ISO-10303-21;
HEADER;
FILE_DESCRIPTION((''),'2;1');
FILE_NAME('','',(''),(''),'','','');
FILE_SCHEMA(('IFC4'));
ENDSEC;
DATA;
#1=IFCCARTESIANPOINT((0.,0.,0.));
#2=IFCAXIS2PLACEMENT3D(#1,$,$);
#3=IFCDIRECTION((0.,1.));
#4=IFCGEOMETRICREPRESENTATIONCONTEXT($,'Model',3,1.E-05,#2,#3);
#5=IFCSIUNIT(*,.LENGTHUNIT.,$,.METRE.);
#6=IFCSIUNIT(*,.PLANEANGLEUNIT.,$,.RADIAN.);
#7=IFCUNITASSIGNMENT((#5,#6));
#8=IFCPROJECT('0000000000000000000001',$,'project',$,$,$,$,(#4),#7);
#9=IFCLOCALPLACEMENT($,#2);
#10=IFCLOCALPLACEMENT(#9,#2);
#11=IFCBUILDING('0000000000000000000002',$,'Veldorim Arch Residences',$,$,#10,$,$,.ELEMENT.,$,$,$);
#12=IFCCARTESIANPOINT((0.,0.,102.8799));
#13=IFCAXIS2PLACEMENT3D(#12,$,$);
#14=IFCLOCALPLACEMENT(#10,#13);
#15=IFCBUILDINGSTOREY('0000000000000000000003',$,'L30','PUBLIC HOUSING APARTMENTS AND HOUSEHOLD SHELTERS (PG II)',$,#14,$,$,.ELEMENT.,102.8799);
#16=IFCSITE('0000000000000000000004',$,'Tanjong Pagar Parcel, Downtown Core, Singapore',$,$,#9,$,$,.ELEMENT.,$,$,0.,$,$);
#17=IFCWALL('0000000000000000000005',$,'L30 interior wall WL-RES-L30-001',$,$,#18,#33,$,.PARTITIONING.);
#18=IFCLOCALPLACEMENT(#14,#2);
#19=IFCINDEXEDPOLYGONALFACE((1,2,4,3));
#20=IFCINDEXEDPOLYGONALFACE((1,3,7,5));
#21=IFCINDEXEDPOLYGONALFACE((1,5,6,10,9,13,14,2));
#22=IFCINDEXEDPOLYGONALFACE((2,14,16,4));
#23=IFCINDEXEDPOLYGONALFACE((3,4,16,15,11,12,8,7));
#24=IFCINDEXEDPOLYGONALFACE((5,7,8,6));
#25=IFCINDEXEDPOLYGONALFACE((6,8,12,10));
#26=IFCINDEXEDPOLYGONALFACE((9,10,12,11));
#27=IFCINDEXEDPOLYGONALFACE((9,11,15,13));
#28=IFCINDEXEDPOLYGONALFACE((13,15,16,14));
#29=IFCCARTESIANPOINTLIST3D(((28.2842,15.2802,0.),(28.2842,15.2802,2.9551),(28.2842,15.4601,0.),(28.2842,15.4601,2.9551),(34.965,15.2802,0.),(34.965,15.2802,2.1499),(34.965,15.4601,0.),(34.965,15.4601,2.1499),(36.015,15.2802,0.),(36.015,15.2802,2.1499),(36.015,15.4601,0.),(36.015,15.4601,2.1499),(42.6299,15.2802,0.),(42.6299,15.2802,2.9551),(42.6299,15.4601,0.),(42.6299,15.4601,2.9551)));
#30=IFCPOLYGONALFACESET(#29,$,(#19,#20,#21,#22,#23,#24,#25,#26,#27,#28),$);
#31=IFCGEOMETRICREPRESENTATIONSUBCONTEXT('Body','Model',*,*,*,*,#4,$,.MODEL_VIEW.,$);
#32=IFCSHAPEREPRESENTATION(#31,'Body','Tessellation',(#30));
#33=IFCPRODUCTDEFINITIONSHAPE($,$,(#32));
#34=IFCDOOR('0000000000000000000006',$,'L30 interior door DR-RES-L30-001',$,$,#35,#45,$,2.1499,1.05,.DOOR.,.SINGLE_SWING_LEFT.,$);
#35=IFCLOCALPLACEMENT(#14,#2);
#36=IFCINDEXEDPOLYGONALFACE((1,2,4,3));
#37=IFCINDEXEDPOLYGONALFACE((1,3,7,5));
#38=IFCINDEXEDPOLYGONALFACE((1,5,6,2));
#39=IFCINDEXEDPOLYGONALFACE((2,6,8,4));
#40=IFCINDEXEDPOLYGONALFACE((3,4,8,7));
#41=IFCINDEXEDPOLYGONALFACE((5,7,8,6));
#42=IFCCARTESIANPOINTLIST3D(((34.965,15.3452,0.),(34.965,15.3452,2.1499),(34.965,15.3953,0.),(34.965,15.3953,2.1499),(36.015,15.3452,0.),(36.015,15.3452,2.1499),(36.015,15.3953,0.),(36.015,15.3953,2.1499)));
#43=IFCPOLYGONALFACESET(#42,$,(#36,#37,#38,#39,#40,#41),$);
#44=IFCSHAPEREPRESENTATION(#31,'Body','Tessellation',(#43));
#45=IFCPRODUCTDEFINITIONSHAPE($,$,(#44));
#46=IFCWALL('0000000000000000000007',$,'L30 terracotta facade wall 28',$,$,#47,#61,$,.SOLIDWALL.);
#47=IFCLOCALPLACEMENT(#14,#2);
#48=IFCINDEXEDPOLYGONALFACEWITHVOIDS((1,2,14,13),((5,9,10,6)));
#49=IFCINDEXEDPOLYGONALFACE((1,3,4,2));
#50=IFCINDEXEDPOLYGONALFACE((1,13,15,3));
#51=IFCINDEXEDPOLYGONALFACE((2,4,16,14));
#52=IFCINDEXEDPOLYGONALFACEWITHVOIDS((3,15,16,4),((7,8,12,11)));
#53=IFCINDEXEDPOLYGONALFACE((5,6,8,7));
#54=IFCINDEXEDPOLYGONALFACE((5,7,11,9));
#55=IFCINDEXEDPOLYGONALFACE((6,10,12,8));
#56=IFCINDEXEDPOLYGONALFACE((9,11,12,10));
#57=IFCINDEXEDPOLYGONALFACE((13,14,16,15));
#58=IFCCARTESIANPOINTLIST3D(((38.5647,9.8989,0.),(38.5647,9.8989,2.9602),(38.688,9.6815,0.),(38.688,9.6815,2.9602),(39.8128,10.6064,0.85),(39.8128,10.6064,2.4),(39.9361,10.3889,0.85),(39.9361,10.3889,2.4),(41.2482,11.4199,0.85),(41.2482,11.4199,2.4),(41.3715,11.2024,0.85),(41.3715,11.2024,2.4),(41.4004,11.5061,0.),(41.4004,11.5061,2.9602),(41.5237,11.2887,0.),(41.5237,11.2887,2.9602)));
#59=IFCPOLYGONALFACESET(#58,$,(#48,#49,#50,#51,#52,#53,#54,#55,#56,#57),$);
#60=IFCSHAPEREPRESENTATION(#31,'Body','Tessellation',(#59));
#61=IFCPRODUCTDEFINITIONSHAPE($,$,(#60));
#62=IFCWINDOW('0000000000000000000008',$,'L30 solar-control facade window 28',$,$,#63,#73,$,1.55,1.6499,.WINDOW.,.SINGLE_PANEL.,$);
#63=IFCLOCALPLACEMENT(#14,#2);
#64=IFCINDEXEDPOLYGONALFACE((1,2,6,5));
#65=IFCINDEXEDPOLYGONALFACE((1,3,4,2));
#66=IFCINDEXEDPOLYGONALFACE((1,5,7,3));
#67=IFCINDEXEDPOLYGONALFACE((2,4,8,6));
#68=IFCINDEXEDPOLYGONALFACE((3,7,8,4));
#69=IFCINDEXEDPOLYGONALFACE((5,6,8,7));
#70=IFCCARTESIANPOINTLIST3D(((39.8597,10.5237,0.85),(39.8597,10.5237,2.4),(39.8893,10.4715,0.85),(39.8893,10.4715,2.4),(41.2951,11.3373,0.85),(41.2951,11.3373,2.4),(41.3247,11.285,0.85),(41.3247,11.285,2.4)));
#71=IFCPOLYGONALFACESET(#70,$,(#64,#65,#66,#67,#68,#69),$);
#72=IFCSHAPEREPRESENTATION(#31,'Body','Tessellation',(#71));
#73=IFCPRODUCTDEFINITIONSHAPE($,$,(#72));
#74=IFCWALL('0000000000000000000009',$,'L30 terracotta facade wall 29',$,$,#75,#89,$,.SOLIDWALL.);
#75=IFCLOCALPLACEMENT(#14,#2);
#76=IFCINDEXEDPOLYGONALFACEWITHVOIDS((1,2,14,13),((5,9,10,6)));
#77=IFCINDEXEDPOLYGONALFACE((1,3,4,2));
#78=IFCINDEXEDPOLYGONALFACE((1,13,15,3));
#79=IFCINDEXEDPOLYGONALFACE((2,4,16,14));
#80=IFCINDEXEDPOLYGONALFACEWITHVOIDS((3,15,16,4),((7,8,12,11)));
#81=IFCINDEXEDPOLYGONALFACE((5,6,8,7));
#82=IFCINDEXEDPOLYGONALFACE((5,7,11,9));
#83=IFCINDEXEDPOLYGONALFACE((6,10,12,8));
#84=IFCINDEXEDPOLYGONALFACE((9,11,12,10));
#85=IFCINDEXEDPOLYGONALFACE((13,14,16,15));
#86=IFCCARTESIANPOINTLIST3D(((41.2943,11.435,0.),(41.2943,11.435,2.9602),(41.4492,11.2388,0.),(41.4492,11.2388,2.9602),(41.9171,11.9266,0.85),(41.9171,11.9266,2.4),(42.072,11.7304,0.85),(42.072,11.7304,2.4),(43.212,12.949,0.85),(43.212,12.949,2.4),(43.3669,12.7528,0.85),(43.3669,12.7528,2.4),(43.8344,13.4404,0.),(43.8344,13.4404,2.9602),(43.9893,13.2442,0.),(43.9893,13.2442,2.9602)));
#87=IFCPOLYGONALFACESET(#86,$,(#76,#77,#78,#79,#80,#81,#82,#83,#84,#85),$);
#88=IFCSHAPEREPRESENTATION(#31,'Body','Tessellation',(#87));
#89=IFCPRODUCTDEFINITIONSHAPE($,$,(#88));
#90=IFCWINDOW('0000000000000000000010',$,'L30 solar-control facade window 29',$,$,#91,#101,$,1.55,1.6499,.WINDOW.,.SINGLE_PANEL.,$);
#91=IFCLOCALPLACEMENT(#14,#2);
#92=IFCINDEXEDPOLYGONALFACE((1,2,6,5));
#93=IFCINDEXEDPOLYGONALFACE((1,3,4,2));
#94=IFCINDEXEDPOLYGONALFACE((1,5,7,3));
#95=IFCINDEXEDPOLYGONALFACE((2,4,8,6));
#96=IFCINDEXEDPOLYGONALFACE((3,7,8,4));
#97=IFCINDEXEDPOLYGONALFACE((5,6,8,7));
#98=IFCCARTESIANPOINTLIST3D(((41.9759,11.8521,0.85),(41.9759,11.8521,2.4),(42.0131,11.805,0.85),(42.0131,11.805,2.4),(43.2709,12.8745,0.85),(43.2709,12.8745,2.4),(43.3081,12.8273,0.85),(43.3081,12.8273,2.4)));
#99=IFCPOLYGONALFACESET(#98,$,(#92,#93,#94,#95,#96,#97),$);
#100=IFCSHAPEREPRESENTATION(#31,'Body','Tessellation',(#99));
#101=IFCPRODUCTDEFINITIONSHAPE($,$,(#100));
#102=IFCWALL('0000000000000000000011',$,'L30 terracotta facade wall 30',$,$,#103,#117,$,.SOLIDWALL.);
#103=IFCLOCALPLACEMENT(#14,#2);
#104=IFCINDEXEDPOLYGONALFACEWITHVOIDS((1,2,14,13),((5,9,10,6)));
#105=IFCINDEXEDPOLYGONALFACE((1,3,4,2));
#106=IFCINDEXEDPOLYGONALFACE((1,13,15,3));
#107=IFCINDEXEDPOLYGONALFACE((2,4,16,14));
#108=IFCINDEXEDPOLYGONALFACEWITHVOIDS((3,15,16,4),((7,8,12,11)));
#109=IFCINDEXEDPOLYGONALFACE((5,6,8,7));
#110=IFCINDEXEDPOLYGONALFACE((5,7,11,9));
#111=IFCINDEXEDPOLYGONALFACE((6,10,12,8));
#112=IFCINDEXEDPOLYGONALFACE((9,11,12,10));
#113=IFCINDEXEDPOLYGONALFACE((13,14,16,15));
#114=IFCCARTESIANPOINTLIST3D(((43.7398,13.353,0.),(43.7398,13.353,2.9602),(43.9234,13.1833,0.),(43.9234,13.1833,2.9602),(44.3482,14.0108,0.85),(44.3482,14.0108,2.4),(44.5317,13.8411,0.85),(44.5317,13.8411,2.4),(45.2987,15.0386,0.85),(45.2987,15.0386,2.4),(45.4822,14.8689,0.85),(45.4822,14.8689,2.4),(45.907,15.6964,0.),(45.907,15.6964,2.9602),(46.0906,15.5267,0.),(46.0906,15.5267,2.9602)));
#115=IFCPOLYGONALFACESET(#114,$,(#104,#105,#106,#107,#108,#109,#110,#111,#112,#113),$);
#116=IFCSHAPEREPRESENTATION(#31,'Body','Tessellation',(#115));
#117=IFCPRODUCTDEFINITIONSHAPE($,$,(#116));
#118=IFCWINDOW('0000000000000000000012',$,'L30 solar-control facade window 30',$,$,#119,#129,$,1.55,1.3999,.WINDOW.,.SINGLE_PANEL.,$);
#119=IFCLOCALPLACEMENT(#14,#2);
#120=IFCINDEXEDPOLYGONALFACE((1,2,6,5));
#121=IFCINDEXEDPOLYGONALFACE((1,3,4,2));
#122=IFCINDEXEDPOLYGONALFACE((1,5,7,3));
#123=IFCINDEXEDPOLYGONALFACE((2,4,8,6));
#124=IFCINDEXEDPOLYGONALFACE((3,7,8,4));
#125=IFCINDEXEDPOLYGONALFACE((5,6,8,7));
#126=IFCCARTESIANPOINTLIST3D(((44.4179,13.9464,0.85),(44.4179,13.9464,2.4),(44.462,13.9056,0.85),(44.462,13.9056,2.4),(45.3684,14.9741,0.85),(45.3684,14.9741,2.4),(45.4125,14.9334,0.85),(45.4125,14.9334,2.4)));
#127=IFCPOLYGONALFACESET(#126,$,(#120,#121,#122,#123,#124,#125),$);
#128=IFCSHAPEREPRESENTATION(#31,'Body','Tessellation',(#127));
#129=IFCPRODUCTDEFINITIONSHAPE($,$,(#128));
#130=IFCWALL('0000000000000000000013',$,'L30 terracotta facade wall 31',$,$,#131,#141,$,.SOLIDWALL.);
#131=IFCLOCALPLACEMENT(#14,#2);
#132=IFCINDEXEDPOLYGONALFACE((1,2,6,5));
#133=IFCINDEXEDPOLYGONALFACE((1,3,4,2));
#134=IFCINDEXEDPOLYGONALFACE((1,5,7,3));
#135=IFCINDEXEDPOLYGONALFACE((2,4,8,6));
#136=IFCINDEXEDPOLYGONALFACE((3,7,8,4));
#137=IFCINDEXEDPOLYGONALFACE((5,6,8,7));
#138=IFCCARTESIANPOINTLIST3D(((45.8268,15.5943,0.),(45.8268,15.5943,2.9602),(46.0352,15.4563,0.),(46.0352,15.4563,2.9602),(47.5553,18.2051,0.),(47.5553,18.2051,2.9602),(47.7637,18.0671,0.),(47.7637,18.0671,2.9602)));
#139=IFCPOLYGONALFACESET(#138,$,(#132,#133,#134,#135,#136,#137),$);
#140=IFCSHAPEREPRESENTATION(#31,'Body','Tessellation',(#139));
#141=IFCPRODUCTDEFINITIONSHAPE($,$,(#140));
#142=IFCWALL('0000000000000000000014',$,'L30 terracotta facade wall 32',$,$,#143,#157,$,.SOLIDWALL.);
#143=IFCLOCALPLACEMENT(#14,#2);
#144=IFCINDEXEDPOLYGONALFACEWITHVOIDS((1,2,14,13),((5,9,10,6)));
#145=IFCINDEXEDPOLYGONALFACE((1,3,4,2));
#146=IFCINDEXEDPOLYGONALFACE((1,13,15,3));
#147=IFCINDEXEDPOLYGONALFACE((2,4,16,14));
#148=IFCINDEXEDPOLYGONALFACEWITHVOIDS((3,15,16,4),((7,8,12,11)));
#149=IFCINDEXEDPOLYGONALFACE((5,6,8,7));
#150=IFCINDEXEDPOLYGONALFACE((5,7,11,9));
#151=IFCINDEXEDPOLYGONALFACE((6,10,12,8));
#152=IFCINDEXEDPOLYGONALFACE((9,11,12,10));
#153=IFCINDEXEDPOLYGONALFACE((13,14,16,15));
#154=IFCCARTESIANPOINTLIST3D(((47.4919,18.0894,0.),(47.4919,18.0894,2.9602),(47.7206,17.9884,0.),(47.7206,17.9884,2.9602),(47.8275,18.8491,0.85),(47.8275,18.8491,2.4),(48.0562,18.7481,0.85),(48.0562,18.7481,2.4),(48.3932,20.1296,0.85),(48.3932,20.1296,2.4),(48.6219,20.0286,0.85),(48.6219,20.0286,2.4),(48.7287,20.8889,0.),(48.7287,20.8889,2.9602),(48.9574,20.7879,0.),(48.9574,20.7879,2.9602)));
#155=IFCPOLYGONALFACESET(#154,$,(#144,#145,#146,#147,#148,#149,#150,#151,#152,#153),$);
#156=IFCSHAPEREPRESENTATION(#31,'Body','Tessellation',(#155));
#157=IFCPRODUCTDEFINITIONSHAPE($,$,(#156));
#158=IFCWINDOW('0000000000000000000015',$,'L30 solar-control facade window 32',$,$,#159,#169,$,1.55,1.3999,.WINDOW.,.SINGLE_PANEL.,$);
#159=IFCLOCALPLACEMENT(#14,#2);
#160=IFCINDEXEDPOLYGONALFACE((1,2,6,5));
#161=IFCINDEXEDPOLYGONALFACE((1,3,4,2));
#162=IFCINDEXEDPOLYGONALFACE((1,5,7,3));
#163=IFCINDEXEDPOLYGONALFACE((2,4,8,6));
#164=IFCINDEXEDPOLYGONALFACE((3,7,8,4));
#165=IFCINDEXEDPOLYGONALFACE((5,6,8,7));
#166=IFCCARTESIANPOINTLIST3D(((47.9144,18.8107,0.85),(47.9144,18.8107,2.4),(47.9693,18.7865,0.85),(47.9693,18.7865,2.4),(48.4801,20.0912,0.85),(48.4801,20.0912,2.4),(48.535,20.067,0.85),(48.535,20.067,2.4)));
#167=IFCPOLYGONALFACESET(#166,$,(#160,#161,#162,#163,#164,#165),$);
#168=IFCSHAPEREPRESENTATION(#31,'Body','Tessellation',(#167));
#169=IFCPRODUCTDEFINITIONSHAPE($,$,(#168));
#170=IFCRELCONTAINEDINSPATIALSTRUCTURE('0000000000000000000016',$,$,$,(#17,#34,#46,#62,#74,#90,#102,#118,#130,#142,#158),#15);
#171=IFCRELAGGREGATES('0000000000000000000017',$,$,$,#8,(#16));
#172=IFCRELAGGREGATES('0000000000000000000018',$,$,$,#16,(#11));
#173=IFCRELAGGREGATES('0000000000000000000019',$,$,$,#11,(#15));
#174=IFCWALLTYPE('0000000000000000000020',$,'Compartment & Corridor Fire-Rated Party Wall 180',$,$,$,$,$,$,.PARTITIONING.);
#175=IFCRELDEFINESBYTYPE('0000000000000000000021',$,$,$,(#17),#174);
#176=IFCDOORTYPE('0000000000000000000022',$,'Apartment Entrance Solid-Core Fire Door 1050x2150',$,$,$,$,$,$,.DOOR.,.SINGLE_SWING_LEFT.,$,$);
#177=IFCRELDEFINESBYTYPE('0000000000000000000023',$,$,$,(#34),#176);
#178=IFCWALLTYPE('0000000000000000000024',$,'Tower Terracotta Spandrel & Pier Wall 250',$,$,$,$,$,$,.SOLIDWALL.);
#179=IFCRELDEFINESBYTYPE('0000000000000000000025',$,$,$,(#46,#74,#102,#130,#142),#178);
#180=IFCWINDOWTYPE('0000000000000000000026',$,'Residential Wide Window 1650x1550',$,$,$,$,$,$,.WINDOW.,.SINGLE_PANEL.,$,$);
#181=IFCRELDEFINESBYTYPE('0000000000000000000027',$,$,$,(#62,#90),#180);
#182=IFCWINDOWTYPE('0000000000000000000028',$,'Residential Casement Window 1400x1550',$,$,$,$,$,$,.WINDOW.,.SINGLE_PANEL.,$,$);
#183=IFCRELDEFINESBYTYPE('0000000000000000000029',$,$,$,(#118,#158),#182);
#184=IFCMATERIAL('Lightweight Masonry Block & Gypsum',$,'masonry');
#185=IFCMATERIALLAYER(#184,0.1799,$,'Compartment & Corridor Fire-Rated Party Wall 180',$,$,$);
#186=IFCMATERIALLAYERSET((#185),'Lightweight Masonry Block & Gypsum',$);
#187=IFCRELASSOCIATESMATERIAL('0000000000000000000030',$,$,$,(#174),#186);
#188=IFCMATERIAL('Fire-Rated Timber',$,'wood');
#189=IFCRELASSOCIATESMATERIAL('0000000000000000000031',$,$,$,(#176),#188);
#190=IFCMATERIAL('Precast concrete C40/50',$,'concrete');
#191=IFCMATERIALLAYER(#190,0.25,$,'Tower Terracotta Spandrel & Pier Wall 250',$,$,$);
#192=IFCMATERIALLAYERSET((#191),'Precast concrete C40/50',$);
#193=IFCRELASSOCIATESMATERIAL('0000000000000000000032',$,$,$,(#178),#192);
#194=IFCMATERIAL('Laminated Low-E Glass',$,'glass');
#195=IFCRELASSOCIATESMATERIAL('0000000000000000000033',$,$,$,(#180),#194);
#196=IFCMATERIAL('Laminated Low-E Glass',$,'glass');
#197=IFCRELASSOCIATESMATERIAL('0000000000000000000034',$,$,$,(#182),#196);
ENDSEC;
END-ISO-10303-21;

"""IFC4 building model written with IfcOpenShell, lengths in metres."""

from ifc_helpers import new_model, si_unit, direction, frame, frame_2d, origin, place, context, subcontext, project, spatial, rectangle, extrude, material, layer, layer_set, type_object, element, fill, save


model = new_model("IFC4")

# Units and contexts
model_context = context("Model", 3, precision=1e-05, world=origin(), true_north=direction((0.0, 1.0)))
body_context = subcontext(model_context, "Body", "Model", "MODEL_VIEW")
ifc_project = project(units=[si_unit("LENGTHUNIT", "METRE"), si_unit("PLANEANGLEUNIT", "RADIAN")], contexts=[model_context])

# Site, building, storey
site_placement = place(None, origin())
site = spatial("IfcSite", under=ifc_project, at=site_placement, Name="Tanjong Pagar Parcel, Downtown Core, Singapore", CompositionType="ELEMENT", RefElevation=0.0)
building_placement = place(site_placement, origin())
building = spatial("IfcBuilding", under=site, at=building_placement, Name="Veldorim Arch Residences", CompositionType="ELEMENT")
storey_placement = place(building_placement, frame((0.0, 0.0, 102.8799)))
storey = spatial("IfcBuildingStorey", under=building, at=storey_placement, Name="L30", Description="PUBLIC HOUSING APARTMENTS AND HOUSEHOLD SHELTERS (PG II)", CompositionType="ELEMENT", Elevation=102.8799)

# Shared definitions
ifc_material_1 = material(Name="Lightweight Masonry Block & Gypsum", Category="masonry")
ifc_layer_1 = layer(ifc_material_1, 0.1799, Name="Compartment & Corridor Fire-Rated Party Wall 180")
ifc_layer_set_1 = layer_set([ifc_layer_1], Name="Lightweight Masonry Block & Gypsum")
wall_type_1 = type_object("IfcWallType", Name="Compartment & Corridor Fire-Rated Party Wall 180", PredefinedType="PARTITIONING", material=ifc_layer_set_1)

# Wall, opening, door
wall_1_placement = place(storey_placement, frame((42.6299, 15.3701, 0.0), z_axis=(0.0, 0.0, 1.0), x_axis=(-1.0, 0.0, 0.0)))
wall_1 = element("IfcWall", 1, at=wall_1_placement, inside=storey, type_object=wall_type_1, Name="L30 interior wall WL-RES-L30-001", PredefinedType="PARTITIONING", context=body_context, shape_type="SweptSolid", body=[
    extrude(rectangle(XDim=14.3457, YDim=0.1799, at=frame_2d((7.1729, 0.0))), origin(), (0.0, 0.0, 1.0), 2.9551),
])
opening_1_placement = place(wall_1_placement, frame((6.615, 0.0, 0.0)))
opening_1 = element("IfcOpeningElement", 2, at=opening_1_placement, cuts=wall_1, PredefinedType="OPENING", context=body_context, shape_type="SweptSolid", body=[
    extrude(rectangle(XDim=1.05, YDim=2.1499, at=frame_2d((0.5249, 1.075))), frame((0.0, 0.0999, 0.0), z_axis=(0.0, -1.0, 0.0), x_axis=(1.0, 0.0, 0.0)), (0.0, 0.0, 1.0), 0.2),
])
ifc_material_2 = material(Name="Fire-Rated Timber", Category="wood")
door_type_1 = type_object("IfcDoorType", Name="Apartment Entrance Solid-Core Fire Door 1050x2150", OperationType="SINGLE_SWING_LEFT", PredefinedType="DOOR", material=ifc_material_2)
door_1_placement = place(opening_1_placement, origin())
door_1 = element("IfcDoor", 3, at=door_1_placement, inside=storey, type_object=door_type_1, Name="L30 interior door DR-RES-L30-001", OperationType="SINGLE_SWING_LEFT", OverallHeight=2.1499, OverallWidth=1.05, PredefinedType="DOOR", context=body_context, shape_type="SweptSolid", body=[
    extrude(rectangle(XDim=1.05, YDim=2.1499, at=frame_2d((0.5249, 1.075))), frame((0.0, 0.0249, 0.0), z_axis=(0.0, -1.0, 0.0), x_axis=(1.0, 0.0, 0.0)), (0.0, 0.0, 1.0), 0.05),
])
fill(opening_1, door_1)

# Walls, openings, windows
ifc_material_3 = material(Name="Precast concrete C40/50", Category="concrete")
ifc_layer_2 = layer(ifc_material_3, 0.25, Name="Tower Terracotta Spandrel & Pier Wall 250")
ifc_layer_set_2 = layer_set([ifc_layer_2], Name="Precast concrete C40/50")
wall_type_2 = type_object("IfcWallType", Name="Tower Terracotta Spandrel & Pier Wall 250", PredefinedType="SOLIDWALL", material=ifc_layer_set_2)
wall_2_placement = place(storey_placement, frame((41.4622, 11.3975, 0.0), z_axis=(0.0, 0.0, 1.0), x_axis=(-0.869985, -0.493079, 0.0)))
wall_2 = element("IfcWall", 4, at=wall_2_placement, inside=storey, type_object=wall_type_2, Name="L30 terracotta facade wall 28", PredefinedType="SOLIDWALL", context=body_context, shape_type="SweptSolid", body=[
    extrude(rectangle(XDim=3.2595, YDim=0.25, at=frame_2d((1.6299, 0.0))), origin(), (0.0, 0.0, 1.0), 2.9602),
])
opening_2_placement = place(wall_2_placement, frame((0.175, 0.0, 0.8501)))
opening_2 = element("IfcOpeningElement", 5, at=opening_2_placement, cuts=wall_2, PredefinedType="OPENING", context=body_context, shape_type="SweptSolid", body=[
    extrude(rectangle(XDim=1.6499, YDim=1.55, at=frame_2d((0.825, 0.7749))), frame((0.0, 0.135, 0.0), z_axis=(0.0, -1.0, 0.0), x_axis=(1.0, 0.0, 0.0)), (0.0, 0.0, 1.0), 0.27),
])
ifc_material_4 = material(Name="Laminated Low-E Glass", Category="glass")
window_type_1 = type_object("IfcWindowType", Name="Residential Wide Window 1650x1550", PartitioningType="SINGLE_PANEL", PredefinedType="WINDOW", material=ifc_material_4)
window_1_placement = place(opening_2_placement, origin())
window_1 = element("IfcWindow", 6, at=window_1_placement, inside=storey, type_object=window_type_1, Name="L30 solar-control facade window 28", OverallHeight=1.55, OverallWidth=1.6499, PartitioningType="SINGLE_PANEL", PredefinedType="WINDOW", context=body_context, shape_type="SweptSolid", body=[
    extrude(rectangle(XDim=1.6499, YDim=1.55, at=frame_2d((0.825, 0.7749))), frame((0.0, 0.03, 0.0), z_axis=(0.0, -1.0, 0.0), x_axis=(1.0, 0.0, 0.0)), (0.0, 0.0, 1.0), 0.0601),
])
fill(opening_2, window_1)
wall_3_placement = place(storey_placement, frame((43.9119, 13.3423, 0.0), z_axis=(0.0, 0.0, 1.0), x_axis=(-0.784871, -0.619659, 0.0)))
wall_3 = element("IfcWall", 7, at=wall_3_placement, inside=storey, type_object=wall_type_2, Name="L30 terracotta facade wall 29", PredefinedType="SOLIDWALL", context=body_context, shape_type="SweptSolid", body=[
    extrude(rectangle(XDim=3.2363, YDim=0.25, at=frame_2d((1.6182, 0.0))), origin(), (0.0, 0.0, 1.0), 2.9602),
])
opening_3_placement = place(wall_3_placement, frame((0.793, 0.0, 0.8501)))
opening_3 = element("IfcOpeningElement", 8, at=opening_3_placement, cuts=wall_3, PredefinedType="OPENING", context=body_context, shape_type="SweptSolid", body=[
    extrude(rectangle(XDim=1.6499, YDim=1.55, at=frame_2d((0.825, 0.7749))), frame((0.0, 0.135, 0.0), z_axis=(0.0, -1.0, 0.0), x_axis=(1.0, 0.0, 0.0)), (0.0, 0.0, 1.0), 0.27),
])
window_2_placement = place(opening_3_placement, origin())
window_2 = element("IfcWindow", 9, at=window_2_placement, inside=storey, type_object=window_type_1, Name="L30 solar-control facade window 29", OverallHeight=1.55, OverallWidth=1.6499, PartitioningType="SINGLE_PANEL", PredefinedType="WINDOW", context=body_context, shape_type="SweptSolid", body=[
    extrude(rectangle(XDim=1.6499, YDim=1.55, at=frame_2d((0.825, 0.7749))), frame((0.0, 0.03, 0.0), z_axis=(0.0, -1.0, 0.0), x_axis=(1.0, 0.0, 0.0)), (0.0, 0.0, 1.0), 0.0601),
])
fill(opening_3, window_2)
wall_4_placement = place(storey_placement, frame((45.9988, 15.6116, 0.0), z_axis=(0.0, 0.0, 1.0), x_axis=(-0.678956, -0.734179, 0.0)))
wall_4 = element("IfcWall", 10, at=wall_4_placement, inside=storey, type_object=wall_type_2, Name="L30 terracotta facade wall 30", PredefinedType="SOLIDWALL", context=body_context, shape_type="SweptSolid", body=[
    extrude(rectangle(XDim=3.1919, YDim=0.25, at=frame_2d((1.5959, 0.0))), origin(), (0.0, 0.0, 1.0), 2.9602),
])
opening_4_placement = place(wall_4_placement, frame((0.896, 0.0, 0.8501)))
opening_4 = element("IfcOpeningElement", 11, at=opening_4_placement, cuts=wall_4, PredefinedType="OPENING", context=body_context, shape_type="SweptSolid", body=[
    extrude(rectangle(XDim=1.3999, YDim=1.55, at=frame_2d((0.7, 0.7749))), frame((0.0, 0.135, 0.0), z_axis=(0.0, -1.0, 0.0), x_axis=(1.0, 0.0, 0.0)), (0.0, 0.0, 1.0), 0.27),
])
ifc_material_5 = material(Name="Laminated Low-E Glass", Category="glass")
window_type_2 = type_object("IfcWindowType", Name="Residential Casement Window 1400x1550", PartitioningType="SINGLE_PANEL", PredefinedType="WINDOW", material=ifc_material_5)
window_3_placement = place(opening_4_placement, origin())
window_3 = element("IfcWindow", 12, at=window_3_placement, inside=storey, type_object=window_type_2, Name="L30 solar-control facade window 30", OverallHeight=1.55, OverallWidth=1.3999, PartitioningType="SINGLE_PANEL", PredefinedType="WINDOW", context=body_context, shape_type="SweptSolid", body=[
    extrude(rectangle(XDim=1.3999, YDim=1.55, at=frame_2d((0.7, 0.7749))), frame((0.0, 0.03, 0.0), z_axis=(0.0, -1.0, 0.0), x_axis=(1.0, 0.0, 0.0)), (0.0, 0.0, 1.0), 0.0601),
])
fill(opening_4, window_3)

# Wall
wall_5_placement = place(storey_placement, frame((47.6594, 18.136, 0.0), z_axis=(0.0, 0.0, 1.0), x_axis=(-0.552034, -0.833821, 0.0)))
element("IfcWall", 13, at=wall_5_placement, inside=storey, type_object=wall_type_2, Name="L30 terracotta facade wall 31", PredefinedType="SOLIDWALL", context=body_context, shape_type="SweptSolid", body=[
    extrude(rectangle(XDim=3.1311, YDim=0.25, at=frame_2d((1.5654, 0.0))), origin(), (0.0, 0.0, 1.0), 2.9602),
])

# Wall, opening, window
wall_6_placement = place(storey_placement, frame((48.843, 20.8384, 0.0), z_axis=(0.0, 0.0, 1.0), x_axis=(-0.40411, -0.914711, 0.0)))
wall_6 = element("IfcWall", 14, at=wall_6_placement, inside=storey, type_object=wall_type_2, Name="L30 terracotta facade wall 32", PredefinedType="SOLIDWALL", context=body_context, shape_type="SweptSolid", body=[
    extrude(rectangle(XDim=3.0605, YDim=0.25, at=frame_2d((1.5303, 0.0))), origin(), (0.0, 0.0, 1.0), 2.9602),
])
opening_5_placement = place(wall_6_placement, frame((0.8301, 0.0, 0.8501)))
opening_5 = element("IfcOpeningElement", 15, at=opening_5_placement, cuts=wall_6, PredefinedType="OPENING", context=body_context, shape_type="SweptSolid", body=[
    extrude(rectangle(XDim=1.3999, YDim=1.55, at=frame_2d((0.7, 0.7749))), frame((0.0, 0.135, 0.0), z_axis=(0.0, -1.0, 0.0), x_axis=(1.0, 0.0, 0.0)), (0.0, 0.0, 1.0), 0.27),
])
window_4_placement = place(opening_5_placement, origin())
window_4 = element("IfcWindow", 16, at=window_4_placement, inside=storey, type_object=window_type_2, Name="L30 solar-control facade window 32", OverallHeight=1.55, OverallWidth=1.3999, PartitioningType="SINGLE_PANEL", PredefinedType="WINDOW", context=body_context, shape_type="SweptSolid", body=[
    extrude(rectangle(XDim=1.3999, YDim=1.55, at=frame_2d((0.7, 0.7749))), frame((0.0, 0.03, 0.0), z_axis=(0.0, -1.0, 0.0), x_axis=(1.0, 0.0, 0.0)), (0.0, 0.0, 1.0), 0.0601),
])
fill(opening_5, window_4)

save(model, "model.ifc")
